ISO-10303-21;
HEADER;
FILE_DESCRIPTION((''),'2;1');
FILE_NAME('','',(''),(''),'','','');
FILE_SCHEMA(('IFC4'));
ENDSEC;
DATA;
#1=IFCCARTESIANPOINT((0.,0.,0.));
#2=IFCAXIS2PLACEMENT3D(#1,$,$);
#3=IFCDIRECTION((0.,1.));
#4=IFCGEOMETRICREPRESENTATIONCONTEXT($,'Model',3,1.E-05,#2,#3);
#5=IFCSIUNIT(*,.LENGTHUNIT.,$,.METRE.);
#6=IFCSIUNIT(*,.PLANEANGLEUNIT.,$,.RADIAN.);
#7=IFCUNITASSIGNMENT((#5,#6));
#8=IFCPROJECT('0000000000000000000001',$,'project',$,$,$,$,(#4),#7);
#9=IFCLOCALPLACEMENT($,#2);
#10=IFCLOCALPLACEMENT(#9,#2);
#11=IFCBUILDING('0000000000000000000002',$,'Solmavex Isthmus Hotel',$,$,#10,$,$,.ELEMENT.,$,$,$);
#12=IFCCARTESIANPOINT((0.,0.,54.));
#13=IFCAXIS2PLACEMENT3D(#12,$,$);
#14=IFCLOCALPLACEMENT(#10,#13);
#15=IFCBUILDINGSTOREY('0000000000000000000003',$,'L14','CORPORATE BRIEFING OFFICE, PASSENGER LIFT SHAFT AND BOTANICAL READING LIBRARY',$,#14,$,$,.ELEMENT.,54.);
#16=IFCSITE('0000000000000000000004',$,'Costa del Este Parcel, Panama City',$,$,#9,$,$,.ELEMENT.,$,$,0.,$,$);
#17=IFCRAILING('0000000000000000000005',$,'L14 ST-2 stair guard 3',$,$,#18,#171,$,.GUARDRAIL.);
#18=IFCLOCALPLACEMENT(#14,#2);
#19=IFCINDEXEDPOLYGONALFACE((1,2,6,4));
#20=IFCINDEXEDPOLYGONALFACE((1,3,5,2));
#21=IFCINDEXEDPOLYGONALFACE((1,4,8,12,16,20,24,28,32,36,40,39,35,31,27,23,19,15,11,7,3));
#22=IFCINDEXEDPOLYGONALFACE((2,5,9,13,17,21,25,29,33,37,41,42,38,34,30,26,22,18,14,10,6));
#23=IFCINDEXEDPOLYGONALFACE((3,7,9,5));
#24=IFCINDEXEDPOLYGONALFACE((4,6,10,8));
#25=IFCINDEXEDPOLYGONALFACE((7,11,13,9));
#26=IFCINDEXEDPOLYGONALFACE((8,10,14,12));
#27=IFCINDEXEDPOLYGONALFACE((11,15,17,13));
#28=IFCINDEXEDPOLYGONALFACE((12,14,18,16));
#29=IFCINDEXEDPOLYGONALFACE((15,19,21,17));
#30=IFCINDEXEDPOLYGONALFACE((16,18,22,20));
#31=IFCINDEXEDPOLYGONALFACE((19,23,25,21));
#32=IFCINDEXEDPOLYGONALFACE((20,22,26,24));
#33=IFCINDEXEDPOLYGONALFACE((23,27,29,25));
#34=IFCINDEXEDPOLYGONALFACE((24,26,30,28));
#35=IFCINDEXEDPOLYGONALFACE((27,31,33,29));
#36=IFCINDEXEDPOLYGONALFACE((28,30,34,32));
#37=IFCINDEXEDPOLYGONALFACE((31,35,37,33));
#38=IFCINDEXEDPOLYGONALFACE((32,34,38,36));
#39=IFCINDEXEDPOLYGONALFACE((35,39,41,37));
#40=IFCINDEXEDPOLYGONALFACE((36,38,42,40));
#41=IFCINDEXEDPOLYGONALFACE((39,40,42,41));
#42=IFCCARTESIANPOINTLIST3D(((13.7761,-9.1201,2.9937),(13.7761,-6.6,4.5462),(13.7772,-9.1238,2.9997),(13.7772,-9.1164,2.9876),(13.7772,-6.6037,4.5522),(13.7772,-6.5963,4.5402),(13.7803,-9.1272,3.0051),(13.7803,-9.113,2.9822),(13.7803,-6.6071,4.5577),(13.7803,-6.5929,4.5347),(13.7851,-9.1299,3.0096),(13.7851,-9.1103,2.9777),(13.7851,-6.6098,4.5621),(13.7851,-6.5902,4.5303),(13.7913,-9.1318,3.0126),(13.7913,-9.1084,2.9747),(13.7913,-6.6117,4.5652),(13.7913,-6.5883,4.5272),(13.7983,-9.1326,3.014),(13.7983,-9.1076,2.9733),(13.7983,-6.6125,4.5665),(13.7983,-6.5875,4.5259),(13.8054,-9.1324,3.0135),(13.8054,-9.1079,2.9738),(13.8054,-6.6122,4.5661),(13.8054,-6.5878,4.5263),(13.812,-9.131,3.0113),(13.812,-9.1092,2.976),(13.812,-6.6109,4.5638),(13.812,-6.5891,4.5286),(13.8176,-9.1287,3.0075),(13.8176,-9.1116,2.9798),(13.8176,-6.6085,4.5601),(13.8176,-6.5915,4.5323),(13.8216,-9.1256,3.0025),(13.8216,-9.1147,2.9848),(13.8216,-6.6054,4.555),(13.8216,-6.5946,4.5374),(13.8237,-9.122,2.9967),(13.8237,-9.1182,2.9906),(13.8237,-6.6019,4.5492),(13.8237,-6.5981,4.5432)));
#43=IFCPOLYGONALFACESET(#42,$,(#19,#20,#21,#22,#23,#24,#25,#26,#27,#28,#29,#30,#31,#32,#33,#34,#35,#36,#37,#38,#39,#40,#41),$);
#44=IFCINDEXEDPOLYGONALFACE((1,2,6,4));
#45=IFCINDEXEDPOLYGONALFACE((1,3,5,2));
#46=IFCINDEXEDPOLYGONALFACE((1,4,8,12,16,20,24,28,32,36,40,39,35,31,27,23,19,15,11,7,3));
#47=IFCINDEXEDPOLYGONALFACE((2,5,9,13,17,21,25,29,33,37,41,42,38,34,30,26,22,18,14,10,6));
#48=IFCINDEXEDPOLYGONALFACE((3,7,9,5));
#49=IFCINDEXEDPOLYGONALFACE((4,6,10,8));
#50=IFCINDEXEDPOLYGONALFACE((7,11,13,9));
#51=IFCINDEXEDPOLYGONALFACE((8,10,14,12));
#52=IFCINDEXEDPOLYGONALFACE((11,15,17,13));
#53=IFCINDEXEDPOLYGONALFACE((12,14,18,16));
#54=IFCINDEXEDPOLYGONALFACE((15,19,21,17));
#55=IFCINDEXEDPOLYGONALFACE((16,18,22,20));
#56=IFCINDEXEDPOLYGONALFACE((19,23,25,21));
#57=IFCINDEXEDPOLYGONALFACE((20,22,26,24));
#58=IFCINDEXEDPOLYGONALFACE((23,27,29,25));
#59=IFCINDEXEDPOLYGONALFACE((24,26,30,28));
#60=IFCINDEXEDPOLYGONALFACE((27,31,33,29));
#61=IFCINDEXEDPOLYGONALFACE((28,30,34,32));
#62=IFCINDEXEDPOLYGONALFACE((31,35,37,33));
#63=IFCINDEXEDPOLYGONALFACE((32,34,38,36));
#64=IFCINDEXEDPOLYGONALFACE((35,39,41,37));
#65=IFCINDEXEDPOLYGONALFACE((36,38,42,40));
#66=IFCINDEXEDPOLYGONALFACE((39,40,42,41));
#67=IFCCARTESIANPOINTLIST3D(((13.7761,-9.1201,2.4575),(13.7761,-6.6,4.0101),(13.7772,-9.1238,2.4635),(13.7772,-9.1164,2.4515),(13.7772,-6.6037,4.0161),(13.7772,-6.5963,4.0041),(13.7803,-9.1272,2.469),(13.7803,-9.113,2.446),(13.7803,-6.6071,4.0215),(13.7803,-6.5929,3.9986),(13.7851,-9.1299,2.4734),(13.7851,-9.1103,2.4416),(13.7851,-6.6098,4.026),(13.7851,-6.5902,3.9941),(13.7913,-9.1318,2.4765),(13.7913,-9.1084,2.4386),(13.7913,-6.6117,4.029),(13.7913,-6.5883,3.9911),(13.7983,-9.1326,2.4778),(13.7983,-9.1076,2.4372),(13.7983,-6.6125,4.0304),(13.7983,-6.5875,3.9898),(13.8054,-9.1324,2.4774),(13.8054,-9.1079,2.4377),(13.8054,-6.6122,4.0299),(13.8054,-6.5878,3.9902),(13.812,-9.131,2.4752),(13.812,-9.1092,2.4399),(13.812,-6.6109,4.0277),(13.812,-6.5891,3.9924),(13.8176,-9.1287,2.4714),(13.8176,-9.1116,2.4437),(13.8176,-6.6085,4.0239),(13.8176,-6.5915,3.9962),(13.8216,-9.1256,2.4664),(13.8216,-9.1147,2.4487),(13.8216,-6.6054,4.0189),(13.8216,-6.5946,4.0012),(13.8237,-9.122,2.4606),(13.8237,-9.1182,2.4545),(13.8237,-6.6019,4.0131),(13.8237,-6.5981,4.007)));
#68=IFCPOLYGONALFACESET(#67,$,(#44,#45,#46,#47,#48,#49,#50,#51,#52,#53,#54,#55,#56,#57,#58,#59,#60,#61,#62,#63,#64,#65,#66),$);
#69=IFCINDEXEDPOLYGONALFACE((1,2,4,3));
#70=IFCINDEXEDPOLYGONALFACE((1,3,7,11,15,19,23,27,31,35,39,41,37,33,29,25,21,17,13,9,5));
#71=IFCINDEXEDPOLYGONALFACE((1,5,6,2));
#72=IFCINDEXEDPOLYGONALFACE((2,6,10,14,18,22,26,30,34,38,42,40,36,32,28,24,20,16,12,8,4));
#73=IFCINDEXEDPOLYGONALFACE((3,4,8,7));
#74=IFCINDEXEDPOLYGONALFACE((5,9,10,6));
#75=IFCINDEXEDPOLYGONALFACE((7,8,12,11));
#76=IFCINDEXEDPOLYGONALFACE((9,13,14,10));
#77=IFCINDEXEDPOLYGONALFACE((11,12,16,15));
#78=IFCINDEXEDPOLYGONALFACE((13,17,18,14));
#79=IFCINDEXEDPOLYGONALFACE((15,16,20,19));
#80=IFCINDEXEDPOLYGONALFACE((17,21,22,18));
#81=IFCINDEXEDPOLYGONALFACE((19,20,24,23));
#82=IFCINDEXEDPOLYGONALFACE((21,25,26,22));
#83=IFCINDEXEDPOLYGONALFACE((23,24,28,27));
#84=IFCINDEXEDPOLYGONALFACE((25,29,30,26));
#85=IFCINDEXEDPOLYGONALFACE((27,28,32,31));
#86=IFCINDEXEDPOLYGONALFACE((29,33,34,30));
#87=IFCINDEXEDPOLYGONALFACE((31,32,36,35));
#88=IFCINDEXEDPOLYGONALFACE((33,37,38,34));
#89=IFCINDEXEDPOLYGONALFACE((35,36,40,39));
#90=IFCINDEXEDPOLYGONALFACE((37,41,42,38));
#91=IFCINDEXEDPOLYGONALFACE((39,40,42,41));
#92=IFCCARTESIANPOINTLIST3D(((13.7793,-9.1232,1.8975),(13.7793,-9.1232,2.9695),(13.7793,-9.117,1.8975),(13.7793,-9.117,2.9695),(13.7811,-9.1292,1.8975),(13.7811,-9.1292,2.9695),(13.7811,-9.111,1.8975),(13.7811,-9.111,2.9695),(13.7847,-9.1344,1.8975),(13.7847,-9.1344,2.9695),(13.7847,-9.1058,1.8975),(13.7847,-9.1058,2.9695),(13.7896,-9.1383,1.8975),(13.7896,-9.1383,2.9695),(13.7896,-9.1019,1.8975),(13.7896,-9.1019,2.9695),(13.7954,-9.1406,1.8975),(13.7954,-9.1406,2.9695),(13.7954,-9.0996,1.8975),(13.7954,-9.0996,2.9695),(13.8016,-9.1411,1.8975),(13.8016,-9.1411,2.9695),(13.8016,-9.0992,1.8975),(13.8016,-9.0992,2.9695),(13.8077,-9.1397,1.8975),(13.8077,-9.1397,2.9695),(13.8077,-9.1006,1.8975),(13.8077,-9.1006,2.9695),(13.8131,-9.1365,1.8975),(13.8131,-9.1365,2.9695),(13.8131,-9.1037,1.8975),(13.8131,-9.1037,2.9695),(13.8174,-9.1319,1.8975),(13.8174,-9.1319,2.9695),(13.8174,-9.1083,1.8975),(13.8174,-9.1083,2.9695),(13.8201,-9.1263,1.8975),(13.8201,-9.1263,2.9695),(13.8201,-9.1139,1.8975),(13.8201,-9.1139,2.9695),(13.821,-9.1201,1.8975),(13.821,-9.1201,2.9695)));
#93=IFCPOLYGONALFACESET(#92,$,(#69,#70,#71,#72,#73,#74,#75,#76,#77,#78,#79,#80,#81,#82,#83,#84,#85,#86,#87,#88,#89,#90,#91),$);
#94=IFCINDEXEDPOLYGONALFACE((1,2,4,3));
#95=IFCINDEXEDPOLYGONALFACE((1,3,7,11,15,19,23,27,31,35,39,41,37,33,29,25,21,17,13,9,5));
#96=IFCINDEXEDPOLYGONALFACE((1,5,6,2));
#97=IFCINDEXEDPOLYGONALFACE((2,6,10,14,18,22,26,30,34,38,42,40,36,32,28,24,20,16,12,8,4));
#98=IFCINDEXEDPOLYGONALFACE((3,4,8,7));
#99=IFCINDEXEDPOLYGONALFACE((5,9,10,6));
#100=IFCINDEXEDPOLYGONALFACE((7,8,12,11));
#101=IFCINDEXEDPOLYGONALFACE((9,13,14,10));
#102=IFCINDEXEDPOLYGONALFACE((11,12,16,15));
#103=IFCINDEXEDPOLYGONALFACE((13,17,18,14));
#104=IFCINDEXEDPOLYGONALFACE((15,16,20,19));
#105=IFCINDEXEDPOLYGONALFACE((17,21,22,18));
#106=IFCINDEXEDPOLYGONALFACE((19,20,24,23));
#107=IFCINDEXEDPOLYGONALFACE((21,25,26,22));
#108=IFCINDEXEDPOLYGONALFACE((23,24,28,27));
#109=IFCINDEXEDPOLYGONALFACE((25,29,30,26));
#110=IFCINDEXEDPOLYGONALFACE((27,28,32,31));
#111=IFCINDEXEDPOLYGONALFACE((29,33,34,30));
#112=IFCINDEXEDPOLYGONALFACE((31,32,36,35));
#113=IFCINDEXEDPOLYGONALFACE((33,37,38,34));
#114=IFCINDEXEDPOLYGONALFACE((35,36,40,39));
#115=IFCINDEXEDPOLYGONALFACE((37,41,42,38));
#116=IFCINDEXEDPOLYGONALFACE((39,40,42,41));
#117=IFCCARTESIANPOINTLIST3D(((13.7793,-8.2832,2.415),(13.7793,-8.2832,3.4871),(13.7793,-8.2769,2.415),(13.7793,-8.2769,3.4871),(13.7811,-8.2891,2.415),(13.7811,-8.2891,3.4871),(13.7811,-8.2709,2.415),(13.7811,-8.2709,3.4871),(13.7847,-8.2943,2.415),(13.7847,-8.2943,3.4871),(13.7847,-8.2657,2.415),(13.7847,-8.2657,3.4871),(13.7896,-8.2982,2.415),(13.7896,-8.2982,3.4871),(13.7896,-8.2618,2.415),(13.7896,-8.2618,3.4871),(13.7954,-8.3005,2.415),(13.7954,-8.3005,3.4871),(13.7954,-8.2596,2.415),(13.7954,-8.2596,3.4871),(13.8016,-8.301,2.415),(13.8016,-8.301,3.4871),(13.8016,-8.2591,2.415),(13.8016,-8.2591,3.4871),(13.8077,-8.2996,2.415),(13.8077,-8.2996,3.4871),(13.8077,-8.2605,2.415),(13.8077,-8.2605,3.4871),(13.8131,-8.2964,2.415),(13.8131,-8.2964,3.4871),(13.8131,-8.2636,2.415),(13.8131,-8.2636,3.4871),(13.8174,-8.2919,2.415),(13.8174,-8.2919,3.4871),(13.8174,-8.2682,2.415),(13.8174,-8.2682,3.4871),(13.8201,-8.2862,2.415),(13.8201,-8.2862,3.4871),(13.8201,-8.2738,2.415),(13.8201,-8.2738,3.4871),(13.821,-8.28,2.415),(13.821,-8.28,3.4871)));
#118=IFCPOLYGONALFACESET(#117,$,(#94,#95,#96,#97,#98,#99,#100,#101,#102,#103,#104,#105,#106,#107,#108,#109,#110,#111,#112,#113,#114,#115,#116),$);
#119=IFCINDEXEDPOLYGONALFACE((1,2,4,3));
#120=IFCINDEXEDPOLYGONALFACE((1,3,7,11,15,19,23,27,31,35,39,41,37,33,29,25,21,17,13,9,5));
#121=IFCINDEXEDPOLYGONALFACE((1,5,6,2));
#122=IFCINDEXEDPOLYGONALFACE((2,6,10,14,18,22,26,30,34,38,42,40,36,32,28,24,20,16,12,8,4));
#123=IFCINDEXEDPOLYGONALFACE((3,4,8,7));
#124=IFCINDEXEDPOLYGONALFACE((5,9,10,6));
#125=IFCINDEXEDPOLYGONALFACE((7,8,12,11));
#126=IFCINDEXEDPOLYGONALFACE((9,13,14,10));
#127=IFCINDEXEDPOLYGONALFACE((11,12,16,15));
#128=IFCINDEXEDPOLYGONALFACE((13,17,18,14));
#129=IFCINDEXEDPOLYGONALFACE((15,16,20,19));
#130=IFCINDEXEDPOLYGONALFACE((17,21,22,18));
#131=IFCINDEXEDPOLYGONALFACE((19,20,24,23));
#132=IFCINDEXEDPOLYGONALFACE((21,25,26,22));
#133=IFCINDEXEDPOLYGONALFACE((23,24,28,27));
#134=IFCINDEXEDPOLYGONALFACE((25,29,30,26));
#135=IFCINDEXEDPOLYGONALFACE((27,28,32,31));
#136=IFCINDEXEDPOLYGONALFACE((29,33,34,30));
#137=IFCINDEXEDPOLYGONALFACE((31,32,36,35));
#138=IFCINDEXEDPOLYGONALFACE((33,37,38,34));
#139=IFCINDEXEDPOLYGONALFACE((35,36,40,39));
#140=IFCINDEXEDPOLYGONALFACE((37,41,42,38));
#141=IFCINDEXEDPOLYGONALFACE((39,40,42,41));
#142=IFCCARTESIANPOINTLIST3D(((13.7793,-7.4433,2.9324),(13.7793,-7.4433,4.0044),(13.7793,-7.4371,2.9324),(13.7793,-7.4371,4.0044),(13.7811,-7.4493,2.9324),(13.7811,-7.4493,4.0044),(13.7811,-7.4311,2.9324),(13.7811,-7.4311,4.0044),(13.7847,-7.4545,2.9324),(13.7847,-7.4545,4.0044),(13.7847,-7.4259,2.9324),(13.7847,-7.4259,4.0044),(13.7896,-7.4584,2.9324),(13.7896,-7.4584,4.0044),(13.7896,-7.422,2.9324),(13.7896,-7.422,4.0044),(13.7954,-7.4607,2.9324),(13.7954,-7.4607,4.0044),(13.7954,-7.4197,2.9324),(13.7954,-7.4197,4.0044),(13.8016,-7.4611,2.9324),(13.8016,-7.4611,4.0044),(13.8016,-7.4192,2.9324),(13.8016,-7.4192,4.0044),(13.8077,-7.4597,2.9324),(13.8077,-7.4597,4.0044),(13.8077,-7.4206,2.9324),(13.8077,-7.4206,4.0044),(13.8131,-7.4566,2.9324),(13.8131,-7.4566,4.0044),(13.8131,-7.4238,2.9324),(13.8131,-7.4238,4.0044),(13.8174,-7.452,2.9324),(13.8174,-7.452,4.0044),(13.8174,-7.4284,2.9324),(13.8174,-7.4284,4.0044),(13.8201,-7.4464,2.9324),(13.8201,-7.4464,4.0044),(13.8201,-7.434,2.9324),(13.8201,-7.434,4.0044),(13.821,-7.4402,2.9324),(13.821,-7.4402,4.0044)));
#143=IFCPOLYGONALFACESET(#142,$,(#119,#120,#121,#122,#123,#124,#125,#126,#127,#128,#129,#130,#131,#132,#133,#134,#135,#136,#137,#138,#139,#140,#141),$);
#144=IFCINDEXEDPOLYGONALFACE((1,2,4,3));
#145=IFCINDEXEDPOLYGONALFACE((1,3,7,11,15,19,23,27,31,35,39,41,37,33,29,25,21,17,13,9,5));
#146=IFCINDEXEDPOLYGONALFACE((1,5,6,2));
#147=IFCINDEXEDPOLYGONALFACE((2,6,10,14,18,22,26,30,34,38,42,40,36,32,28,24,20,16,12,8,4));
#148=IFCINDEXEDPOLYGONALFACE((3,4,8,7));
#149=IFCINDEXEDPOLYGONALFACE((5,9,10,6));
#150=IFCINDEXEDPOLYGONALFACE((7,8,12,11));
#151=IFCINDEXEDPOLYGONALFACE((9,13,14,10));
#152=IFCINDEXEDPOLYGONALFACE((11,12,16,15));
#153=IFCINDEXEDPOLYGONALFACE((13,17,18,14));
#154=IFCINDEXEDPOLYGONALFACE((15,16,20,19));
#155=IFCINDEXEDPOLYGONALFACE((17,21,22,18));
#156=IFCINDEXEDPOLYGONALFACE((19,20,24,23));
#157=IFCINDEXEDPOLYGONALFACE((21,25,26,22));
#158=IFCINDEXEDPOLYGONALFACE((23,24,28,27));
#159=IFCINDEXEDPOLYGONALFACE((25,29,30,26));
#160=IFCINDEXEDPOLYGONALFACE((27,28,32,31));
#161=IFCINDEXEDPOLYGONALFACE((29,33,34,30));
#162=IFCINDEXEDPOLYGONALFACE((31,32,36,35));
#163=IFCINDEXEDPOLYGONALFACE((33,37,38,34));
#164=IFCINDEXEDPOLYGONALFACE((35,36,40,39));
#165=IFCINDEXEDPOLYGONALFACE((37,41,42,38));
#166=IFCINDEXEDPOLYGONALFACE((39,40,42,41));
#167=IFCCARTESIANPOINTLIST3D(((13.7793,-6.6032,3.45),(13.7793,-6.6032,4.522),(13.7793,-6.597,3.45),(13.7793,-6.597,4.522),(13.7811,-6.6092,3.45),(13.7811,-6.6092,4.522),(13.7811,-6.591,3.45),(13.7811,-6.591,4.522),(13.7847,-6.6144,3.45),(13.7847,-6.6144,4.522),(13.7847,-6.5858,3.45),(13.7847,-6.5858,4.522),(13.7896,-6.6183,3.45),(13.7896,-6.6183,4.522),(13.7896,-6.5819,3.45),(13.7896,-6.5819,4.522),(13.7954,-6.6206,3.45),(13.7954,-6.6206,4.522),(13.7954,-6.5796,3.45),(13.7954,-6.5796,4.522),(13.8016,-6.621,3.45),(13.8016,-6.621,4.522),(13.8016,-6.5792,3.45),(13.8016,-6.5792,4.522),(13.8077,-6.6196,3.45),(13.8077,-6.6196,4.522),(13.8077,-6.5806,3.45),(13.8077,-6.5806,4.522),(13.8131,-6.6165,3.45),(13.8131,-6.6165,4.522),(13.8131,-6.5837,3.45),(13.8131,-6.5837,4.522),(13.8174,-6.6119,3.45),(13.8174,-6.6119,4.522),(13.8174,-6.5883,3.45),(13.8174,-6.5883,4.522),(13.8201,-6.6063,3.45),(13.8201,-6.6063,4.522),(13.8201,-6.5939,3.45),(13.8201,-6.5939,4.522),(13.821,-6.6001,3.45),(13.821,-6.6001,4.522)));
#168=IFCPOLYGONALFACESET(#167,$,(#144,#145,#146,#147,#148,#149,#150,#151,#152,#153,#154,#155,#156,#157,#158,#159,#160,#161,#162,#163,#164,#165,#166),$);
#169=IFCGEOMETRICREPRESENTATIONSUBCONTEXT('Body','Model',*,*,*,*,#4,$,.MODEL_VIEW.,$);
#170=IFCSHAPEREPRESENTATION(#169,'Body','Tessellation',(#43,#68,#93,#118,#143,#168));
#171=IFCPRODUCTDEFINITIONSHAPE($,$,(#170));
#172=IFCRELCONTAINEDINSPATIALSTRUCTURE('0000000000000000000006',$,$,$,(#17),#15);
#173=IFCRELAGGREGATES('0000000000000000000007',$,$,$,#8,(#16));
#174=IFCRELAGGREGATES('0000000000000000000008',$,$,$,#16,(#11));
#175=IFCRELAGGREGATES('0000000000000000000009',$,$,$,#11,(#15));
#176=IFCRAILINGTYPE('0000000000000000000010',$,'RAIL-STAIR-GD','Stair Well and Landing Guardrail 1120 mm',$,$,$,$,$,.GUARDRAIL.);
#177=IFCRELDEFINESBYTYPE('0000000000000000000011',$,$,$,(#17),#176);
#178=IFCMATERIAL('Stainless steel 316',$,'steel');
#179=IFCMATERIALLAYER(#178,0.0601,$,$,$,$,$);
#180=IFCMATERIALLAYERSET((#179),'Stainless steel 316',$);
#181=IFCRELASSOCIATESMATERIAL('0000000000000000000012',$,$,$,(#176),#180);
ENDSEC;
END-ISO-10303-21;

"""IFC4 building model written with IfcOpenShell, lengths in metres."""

from ifc_helpers import new_model, si_unit, direction, frame, origin, origin_2d, place, context, subcontext, project, spatial, circle, extrude, material, layer, layer_set, type_object, element, save


model = new_model("IFC4")

# Units and contexts
model_context = context("Model", 3, precision=1e-05, world=origin(), true_north=direction((0.0, 1.0)))
body_context = subcontext(model_context, "Body", "Model", "MODEL_VIEW")
ifc_project = project(units=[si_unit("LENGTHUNIT", "METRE"), si_unit("PLANEANGLEUNIT", "RADIAN")], contexts=[model_context])

# Site, building, storey
site_placement = place(None, origin())
site = spatial("IfcSite", under=ifc_project, at=site_placement, Name="Costa del Este Parcel, Panama City", CompositionType="ELEMENT", RefElevation=0.0)
building_placement = place(site_placement, origin())
building = spatial("IfcBuilding", under=site, at=building_placement, Name="Solmavex Isthmus Hotel", CompositionType="ELEMENT")
storey_placement = place(building_placement, frame((0.0, 0.0, 54.0)))
storey = spatial("IfcBuildingStorey", under=building, at=storey_placement, Name="L14", Description="CORPORATE BRIEFING OFFICE, PASSENGER LIFT SHAFT AND BOTANICAL READING LIBRARY", CompositionType="ELEMENT", Elevation=54.0)

# Railing
ifc_material_1 = material(Name="Stainless steel 316", Category="steel")
ifc_layer_1 = layer(ifc_material_1, 0.0601)
ifc_layer_set_1 = layer_set([ifc_layer_1], Name="Stainless steel 316")
railing_type_1 = type_object("IfcRailingType", Name="RAIL-STAIR-GD", Description="Stair Well and Landing Guardrail 1120 mm", PredefinedType="GUARDRAIL", material=ifc_layer_set_1)
railing_1_placement = place(storey_placement, frame((13.8, -9.1201, 1.8975)))
element("IfcRailing", 1, at=railing_1_placement, inside=storey, type_object=railing_type_1, Name="L14 ST-2 stair guard 3", PredefinedType="GUARDRAIL", context=body_context, shape_type="SweptSolid", body=[
    extrude(circle(Radius=0.0239, at=origin_2d()), frame((0.0, 0.0, 1.0962), z_axis=(0.0, 0.8514, 0.524516), x_axis=(-1.0, 0.0, 0.0)), (0.0, 0.0, 1.0), 2.96),
    extrude(circle(Radius=0.0239, at=origin_2d()), frame((0.0, 0.0, 0.5601), z_axis=(0.0, 0.8514, 0.524516), x_axis=(-1.0, 0.0, 0.0)), (0.0, 0.0, 1.0), 2.96),
    extrude(circle(Radius=0.021, at=origin_2d()), origin(), (0.0, 0.0, 1.0), 1.072),
    extrude(circle(Radius=0.021, at=origin_2d()), frame((0.0, 0.8401, 0.5176)), (0.0, 0.0, 1.0), 1.072),
    extrude(circle(Radius=0.021, at=origin_2d()), frame((0.0, 1.6799, 1.0349)), (0.0, 0.0, 1.0), 1.072),
    extrude(circle(Radius=0.021, at=origin_2d()), frame((0.0, 2.52, 1.5525)), (0.0, 0.0, 1.0), 1.072),
])

save(model, "model.ifc")
